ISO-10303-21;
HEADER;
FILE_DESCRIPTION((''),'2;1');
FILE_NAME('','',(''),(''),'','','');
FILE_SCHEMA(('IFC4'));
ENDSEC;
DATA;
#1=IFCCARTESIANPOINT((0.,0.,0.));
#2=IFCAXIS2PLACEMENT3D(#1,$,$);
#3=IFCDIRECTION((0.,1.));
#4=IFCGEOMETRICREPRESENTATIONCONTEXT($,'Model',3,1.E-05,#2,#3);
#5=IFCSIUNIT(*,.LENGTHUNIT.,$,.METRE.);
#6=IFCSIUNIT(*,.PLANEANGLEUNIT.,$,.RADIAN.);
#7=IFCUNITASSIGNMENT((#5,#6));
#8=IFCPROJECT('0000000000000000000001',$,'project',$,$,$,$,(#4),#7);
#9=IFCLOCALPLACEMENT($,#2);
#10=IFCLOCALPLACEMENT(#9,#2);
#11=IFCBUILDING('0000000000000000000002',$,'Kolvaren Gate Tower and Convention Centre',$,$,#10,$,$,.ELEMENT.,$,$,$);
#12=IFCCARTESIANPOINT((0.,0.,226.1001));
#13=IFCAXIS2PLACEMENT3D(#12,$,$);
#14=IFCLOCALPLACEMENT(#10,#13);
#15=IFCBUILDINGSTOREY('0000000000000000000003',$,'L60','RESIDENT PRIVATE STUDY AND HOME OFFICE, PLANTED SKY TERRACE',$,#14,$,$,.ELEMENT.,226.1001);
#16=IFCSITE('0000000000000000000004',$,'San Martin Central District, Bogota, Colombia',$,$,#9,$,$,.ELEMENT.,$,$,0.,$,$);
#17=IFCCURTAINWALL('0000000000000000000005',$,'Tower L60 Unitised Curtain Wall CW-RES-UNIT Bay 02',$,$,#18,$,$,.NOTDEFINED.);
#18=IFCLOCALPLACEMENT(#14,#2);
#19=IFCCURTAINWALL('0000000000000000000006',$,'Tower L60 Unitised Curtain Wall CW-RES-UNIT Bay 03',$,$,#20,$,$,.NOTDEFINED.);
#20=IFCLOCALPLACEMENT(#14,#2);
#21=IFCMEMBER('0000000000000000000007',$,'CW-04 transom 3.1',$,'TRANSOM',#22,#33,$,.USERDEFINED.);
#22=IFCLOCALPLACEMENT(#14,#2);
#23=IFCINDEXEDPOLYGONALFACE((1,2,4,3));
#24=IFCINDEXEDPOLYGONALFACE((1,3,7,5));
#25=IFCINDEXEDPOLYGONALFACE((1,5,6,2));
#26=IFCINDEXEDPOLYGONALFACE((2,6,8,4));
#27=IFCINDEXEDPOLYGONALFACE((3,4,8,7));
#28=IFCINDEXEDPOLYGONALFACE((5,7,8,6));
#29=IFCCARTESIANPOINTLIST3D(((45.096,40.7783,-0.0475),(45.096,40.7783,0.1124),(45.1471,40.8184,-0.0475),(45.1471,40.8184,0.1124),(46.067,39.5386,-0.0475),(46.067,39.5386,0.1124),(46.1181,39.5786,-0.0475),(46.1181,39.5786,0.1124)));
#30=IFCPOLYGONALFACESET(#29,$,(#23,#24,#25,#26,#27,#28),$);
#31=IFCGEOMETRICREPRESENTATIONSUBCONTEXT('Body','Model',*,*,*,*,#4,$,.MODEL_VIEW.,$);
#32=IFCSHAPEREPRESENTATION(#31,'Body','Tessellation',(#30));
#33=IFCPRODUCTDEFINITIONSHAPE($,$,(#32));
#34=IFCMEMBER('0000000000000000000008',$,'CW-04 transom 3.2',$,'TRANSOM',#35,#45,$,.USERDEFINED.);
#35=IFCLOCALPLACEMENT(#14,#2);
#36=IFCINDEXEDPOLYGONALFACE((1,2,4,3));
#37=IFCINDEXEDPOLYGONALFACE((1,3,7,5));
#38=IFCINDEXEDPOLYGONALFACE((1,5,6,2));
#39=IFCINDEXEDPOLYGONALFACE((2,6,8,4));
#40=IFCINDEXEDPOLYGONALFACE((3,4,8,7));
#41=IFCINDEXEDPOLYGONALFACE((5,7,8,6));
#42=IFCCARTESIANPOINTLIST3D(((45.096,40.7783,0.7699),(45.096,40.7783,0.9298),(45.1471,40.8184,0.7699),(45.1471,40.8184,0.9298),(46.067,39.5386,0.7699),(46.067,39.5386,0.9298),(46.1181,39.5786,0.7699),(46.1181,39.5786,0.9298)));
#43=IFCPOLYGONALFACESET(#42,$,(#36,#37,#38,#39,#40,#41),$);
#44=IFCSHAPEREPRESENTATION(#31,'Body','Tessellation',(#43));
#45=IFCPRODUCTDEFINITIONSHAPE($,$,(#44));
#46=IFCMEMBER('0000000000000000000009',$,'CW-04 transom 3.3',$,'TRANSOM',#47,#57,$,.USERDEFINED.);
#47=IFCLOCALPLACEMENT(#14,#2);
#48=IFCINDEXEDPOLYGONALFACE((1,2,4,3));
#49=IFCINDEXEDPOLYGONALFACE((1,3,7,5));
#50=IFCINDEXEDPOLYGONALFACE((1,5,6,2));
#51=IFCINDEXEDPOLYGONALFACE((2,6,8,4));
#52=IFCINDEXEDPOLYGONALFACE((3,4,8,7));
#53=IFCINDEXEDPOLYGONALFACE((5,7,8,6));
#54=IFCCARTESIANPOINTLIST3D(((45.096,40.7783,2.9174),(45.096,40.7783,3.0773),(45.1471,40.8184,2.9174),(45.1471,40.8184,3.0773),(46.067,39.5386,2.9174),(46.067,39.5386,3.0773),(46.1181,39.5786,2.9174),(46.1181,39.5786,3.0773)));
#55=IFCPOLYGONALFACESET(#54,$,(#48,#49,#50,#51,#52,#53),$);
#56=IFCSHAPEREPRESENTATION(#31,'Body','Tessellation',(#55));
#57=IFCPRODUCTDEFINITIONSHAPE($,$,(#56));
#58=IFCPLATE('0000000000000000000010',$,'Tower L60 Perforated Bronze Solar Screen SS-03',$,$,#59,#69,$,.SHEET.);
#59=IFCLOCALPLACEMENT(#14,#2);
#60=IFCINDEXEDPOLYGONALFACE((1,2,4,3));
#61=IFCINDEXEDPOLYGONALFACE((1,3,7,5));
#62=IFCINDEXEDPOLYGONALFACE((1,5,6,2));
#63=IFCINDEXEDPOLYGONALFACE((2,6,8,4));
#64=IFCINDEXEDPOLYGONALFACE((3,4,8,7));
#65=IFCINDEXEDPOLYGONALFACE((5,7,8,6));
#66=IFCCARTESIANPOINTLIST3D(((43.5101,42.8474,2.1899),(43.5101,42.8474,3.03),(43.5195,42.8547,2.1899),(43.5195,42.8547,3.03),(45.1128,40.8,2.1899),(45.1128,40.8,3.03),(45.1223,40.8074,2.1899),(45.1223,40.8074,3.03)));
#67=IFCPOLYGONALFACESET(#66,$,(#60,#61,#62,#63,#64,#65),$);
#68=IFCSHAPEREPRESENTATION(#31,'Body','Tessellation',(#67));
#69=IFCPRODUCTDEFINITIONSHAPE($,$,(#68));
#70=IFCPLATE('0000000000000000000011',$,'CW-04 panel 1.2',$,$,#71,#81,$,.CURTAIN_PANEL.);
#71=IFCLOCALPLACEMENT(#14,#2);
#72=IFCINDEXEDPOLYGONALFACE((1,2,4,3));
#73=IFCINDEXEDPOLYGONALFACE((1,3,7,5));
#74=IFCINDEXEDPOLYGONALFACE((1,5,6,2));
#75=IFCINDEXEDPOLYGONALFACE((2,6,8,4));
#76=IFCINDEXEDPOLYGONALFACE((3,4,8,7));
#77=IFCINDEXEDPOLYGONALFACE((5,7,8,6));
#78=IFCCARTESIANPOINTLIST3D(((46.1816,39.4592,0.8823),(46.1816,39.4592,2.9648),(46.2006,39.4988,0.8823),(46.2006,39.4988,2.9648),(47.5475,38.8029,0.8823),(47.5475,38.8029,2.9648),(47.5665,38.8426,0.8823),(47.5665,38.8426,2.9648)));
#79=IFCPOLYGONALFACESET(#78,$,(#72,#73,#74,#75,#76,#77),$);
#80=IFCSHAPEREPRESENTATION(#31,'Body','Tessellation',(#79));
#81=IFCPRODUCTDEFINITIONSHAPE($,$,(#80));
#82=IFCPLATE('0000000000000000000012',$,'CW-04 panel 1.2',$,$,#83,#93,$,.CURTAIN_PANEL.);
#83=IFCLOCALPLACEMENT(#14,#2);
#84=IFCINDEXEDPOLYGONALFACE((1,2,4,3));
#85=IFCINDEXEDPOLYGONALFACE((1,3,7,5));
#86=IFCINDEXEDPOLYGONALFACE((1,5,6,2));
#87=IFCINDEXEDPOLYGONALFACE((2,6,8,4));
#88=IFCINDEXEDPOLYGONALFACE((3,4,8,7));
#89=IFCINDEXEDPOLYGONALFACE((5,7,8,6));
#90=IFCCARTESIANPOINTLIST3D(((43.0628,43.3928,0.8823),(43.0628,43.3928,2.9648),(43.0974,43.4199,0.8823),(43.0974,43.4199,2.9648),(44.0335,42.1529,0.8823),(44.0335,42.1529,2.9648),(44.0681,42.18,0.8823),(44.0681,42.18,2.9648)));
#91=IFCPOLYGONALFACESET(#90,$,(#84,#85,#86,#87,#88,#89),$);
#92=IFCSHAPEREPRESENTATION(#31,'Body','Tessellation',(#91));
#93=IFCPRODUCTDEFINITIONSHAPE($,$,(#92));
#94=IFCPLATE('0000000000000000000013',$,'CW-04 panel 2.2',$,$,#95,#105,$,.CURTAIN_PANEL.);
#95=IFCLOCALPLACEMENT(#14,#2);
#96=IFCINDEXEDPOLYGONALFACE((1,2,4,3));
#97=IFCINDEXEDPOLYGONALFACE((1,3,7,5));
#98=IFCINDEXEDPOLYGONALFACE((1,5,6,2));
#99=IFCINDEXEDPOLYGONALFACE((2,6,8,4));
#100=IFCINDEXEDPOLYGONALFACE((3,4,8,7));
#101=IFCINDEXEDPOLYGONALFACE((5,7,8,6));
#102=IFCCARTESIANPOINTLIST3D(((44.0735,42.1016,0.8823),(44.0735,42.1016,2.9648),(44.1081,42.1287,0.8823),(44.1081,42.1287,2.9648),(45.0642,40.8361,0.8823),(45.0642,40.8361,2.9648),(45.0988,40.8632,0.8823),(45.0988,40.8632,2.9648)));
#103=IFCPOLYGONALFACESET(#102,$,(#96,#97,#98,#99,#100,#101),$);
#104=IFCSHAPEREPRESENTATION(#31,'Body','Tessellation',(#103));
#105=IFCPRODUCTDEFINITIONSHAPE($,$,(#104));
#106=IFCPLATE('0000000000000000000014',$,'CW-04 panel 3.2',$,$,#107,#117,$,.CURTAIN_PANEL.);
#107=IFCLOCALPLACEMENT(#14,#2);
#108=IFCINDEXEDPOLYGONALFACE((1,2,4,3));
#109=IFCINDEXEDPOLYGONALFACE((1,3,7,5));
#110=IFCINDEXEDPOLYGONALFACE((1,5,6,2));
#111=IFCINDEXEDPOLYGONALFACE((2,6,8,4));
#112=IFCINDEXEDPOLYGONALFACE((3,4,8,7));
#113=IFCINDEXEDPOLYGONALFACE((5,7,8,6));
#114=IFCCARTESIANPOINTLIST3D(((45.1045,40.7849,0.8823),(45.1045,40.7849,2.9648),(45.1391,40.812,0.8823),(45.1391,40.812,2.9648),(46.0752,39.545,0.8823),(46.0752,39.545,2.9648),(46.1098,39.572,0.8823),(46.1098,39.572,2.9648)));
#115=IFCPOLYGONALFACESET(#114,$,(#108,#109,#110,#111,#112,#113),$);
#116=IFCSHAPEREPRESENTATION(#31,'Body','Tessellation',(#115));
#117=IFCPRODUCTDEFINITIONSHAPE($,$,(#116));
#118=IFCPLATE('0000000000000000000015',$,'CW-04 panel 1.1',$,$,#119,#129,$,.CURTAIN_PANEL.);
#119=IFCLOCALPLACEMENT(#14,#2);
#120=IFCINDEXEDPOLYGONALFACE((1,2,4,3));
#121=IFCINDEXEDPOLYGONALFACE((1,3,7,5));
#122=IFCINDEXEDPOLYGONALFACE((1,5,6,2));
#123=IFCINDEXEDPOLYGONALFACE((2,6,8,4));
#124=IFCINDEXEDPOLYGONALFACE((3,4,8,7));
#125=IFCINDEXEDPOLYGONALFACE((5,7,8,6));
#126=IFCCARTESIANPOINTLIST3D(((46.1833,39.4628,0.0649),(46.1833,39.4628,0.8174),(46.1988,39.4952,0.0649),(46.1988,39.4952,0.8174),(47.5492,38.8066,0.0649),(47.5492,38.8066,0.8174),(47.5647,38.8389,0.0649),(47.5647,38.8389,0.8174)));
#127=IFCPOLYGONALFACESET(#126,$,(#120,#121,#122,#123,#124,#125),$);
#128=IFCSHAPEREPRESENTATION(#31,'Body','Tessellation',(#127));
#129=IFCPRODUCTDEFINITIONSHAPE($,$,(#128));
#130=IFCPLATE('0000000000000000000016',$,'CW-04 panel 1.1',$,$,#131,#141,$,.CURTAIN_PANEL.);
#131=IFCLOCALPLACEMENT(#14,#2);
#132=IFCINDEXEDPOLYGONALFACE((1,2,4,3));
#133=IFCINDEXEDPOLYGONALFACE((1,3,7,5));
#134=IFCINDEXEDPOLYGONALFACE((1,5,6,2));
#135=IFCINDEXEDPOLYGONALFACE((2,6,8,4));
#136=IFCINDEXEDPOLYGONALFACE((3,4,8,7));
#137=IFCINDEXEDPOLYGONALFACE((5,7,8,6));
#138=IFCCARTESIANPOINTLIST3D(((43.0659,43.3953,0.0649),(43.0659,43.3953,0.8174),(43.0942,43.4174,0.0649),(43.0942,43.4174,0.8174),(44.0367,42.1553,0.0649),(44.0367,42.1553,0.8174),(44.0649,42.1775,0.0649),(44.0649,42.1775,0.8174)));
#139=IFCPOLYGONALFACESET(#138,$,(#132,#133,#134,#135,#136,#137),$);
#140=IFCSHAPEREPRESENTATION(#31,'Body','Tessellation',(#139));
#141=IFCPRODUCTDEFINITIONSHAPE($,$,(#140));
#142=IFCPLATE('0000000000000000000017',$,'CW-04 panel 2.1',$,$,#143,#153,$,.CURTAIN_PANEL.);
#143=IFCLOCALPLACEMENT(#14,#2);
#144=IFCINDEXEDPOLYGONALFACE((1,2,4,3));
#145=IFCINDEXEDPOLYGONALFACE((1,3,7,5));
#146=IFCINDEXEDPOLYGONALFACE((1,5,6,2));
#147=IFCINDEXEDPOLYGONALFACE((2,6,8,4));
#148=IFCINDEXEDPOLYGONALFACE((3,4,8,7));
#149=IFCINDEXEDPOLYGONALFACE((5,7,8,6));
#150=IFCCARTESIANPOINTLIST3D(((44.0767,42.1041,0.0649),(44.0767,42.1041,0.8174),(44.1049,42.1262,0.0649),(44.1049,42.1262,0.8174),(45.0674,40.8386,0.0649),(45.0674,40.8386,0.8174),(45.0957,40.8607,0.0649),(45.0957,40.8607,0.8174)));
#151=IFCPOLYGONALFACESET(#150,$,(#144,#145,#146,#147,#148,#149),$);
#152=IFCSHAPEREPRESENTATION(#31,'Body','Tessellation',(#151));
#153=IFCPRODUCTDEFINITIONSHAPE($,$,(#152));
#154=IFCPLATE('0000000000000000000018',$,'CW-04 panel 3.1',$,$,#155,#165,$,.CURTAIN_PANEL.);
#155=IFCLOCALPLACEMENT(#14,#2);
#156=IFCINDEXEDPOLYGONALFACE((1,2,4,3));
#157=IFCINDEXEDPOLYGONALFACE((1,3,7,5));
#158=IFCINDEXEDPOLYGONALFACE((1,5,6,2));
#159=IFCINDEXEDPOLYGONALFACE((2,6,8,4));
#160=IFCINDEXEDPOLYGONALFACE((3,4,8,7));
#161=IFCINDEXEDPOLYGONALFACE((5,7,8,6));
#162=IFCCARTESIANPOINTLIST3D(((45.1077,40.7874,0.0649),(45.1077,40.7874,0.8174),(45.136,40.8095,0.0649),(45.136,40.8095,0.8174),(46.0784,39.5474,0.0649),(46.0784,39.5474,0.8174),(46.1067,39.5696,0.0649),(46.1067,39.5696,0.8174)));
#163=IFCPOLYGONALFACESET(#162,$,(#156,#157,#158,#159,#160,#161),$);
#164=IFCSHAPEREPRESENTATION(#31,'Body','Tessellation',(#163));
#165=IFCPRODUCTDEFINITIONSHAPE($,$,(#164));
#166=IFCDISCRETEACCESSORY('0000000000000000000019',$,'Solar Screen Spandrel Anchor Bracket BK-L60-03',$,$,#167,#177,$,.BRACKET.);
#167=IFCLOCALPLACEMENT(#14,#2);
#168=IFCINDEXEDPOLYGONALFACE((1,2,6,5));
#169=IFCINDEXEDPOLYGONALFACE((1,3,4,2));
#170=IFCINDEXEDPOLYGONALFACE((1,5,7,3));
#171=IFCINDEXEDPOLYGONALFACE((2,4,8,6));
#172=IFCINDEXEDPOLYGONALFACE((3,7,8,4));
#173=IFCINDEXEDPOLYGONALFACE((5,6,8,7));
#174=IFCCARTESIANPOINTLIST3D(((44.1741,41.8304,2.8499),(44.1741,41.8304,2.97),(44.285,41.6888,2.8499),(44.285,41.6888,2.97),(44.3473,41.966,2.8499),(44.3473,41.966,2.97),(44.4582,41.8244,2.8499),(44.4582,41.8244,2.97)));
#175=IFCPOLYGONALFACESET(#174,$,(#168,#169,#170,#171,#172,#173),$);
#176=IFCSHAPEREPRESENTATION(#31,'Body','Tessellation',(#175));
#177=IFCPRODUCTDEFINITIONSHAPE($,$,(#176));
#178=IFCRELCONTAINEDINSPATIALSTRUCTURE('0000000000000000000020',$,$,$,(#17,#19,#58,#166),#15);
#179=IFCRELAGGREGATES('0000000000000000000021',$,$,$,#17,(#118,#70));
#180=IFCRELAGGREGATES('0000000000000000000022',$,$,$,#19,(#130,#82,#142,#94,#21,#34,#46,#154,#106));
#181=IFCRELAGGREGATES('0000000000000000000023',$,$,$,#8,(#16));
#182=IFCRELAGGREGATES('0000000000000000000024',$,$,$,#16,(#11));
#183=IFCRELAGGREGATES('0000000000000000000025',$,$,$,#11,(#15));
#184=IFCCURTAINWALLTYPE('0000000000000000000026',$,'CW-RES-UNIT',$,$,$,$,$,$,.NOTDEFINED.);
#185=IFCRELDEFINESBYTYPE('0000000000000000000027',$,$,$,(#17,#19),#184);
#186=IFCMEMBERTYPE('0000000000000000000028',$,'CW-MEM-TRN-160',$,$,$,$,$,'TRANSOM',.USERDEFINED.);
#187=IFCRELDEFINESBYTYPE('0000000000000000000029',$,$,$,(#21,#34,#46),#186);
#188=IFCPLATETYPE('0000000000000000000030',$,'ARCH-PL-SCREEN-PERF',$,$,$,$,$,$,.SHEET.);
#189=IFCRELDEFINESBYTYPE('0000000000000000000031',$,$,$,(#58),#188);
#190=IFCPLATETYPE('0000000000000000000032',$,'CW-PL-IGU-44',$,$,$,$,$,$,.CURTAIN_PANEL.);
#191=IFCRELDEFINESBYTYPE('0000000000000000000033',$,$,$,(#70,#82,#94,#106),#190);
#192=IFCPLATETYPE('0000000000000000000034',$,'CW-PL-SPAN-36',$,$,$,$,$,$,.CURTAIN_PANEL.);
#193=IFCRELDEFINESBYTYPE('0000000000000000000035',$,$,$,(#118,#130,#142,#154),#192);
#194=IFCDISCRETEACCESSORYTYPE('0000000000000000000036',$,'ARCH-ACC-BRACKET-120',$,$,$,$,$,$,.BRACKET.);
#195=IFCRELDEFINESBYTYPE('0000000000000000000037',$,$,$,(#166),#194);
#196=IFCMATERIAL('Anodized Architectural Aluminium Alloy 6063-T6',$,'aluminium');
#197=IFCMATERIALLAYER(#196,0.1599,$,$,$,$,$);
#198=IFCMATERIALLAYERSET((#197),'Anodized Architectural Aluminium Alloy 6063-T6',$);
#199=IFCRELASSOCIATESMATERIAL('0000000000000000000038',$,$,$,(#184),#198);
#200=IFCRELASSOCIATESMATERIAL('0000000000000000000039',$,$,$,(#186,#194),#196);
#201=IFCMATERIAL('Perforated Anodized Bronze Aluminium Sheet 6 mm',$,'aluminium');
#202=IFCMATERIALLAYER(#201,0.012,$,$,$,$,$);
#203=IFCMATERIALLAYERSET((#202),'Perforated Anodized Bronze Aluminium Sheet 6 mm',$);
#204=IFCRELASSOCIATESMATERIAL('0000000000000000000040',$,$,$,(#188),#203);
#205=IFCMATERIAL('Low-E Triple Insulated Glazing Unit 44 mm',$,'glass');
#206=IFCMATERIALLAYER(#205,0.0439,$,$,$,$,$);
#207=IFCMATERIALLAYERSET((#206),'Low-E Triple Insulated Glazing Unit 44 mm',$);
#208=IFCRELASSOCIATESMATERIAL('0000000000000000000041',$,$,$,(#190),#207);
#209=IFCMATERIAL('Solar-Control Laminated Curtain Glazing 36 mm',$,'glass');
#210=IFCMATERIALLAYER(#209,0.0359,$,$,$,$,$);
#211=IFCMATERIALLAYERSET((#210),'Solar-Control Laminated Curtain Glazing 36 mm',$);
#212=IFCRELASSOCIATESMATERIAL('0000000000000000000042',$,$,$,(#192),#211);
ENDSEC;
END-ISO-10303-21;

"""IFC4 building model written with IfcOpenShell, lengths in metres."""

from ifc_helpers import new_model, si_unit, direction, frame, origin, origin_2d, place, context, subcontext, project, spatial, rectangle, extrude, material, layer, layer_set, material_profile, profile_set, type_object, element, aggregate, save


model = new_model("IFC4")

# Units and contexts
model_context = context("Model", 3, precision=1e-05, world=origin(), true_north=direction((0.0, 1.0)))
body_context = subcontext(model_context, "Body", "Model", "MODEL_VIEW")
ifc_project = project(units=[si_unit("LENGTHUNIT", "METRE"), si_unit("PLANEANGLEUNIT", "RADIAN")], contexts=[model_context])

# Site, building, storey
site_placement = place(None, origin())
site = spatial("IfcSite", under=ifc_project, at=site_placement, Name="San Martin Central District, Bogota, Colombia", CompositionType="ELEMENT", RefElevation=0.0)
building_placement = place(site_placement, origin())
building = spatial("IfcBuilding", under=site, at=building_placement, Name="Kolvaren Gate Tower and Convention Centre", CompositionType="ELEMENT")
storey_placement = place(building_placement, frame((0.0, 0.0, 226.1001)))
storey = spatial("IfcBuildingStorey", under=building, at=storey_placement, Name="L60", Description="RESIDENT PRIVATE STUDY AND HOME OFFICE, PLANTED SKY TERRACE", CompositionType="ELEMENT", Elevation=226.1001)

# Curtain walls
ifc_material_1 = material(Name="Anodized Architectural Aluminium Alloy 6063-T6", Category="aluminium")
ifc_layer_1 = layer(ifc_material_1, 0.1599)
ifc_layer_set_1 = layer_set([ifc_layer_1], Name="Anodized Architectural Aluminium Alloy 6063-T6")
curtain_wall_type = type_object("IfcCurtainWallType", Name="CW-RES-UNIT", PredefinedType="NOTDEFINED", material=ifc_layer_set_1)
curtain_wall_1_placement = place(storey_placement, origin())
curtain_wall_1 = element("IfcCurtainWall", 1, at=curtain_wall_1_placement, inside=storey, type_object=curtain_wall_type, Name="Tower L60 Unitised Curtain Wall CW-RES-UNIT Bay 02", PredefinedType="NOTDEFINED")
curtain_wall_2_placement = place(storey_placement, origin())
curtain_wall_2 = element("IfcCurtainWall", 2, at=curtain_wall_2_placement, inside=storey, type_object=curtain_wall_type, Name="Tower L60 Unitised Curtain Wall CW-RES-UNIT Bay 03", PredefinedType="NOTDEFINED")

# Members
ifc_material_profile_1 = material_profile(ifc_material_1, rectangle(XDim=0.0649, YDim=0.1599, at=origin_2d()), Name="CW-MEM-TRN-160")
ifc_profile_set_1 = profile_set([ifc_material_profile_1], Name="Anodized Architectural Aluminium Alloy 6063-T6")
member_type_1 = type_object("IfcMemberType", Name="CW-MEM-TRN-160", ElementType="TRANSOM", PredefinedType="USERDEFINED", material=ifc_profile_set_1)
member_1_placement = place(storey_placement, frame((45.1216, 40.7983, 0.0325), z_axis=(0.616588, -0.787286, 0.0), x_axis=(0.787286, 0.616588, 0.0)))
member_1 = element("IfcMember", 3, at=member_1_placement, type_object=member_type_1, Name="CW-04 transom 3.1", ObjectType="TRANSOM", PredefinedType="USERDEFINED", context=body_context, shape_type="SweptSolid", body=[
    extrude(rectangle(XDim=0.0649, YDim=0.1599, at=origin_2d()), origin(), (0.0, 0.0, 1.0), 1.5747),
])
member_2_placement = place(storey_placement, frame((45.1216, 40.7983, 0.8499), z_axis=(0.616588, -0.787286, 0.0), x_axis=(0.787286, 0.616588, 0.0)))
member_2 = element("IfcMember", 4, at=member_2_placement, type_object=member_type_1, Name="CW-04 transom 3.2", ObjectType="TRANSOM", PredefinedType="USERDEFINED", context=body_context, shape_type="SweptSolid", body=[
    extrude(rectangle(XDim=0.0649, YDim=0.1599, at=origin_2d()), origin(), (0.0, 0.0, 1.0), 1.5747),
])
member_3_placement = place(storey_placement, frame((45.1216, 40.7983, 2.9973), z_axis=(0.616588, -0.787286, 0.0), x_axis=(0.787286, 0.616588, 0.0)))
member_3 = element("IfcMember", 5, at=member_3_placement, type_object=member_type_1, Name="CW-04 transom 3.3", ObjectType="TRANSOM", PredefinedType="USERDEFINED", context=body_context, shape_type="SweptSolid", body=[
    extrude(rectangle(XDim=0.0649, YDim=0.1599, at=origin_2d()), origin(), (0.0, 0.0, 1.0), 1.5747),
])

# Plates
ifc_material_2 = material(Name="Perforated Anodized Bronze Aluminium Sheet 6 mm", Category="aluminium")
ifc_layer_2 = layer(ifc_material_2, 0.012)
ifc_layer_set_2 = layer_set([ifc_layer_2], Name="Perforated Anodized Bronze Aluminium Sheet 6 mm")
plate_type_1 = type_object("IfcPlateType", Name="ARCH-PL-SCREEN-PERF", PredefinedType="SHEET", material=ifc_layer_set_2)
plate_1_placement = place(storey_placement, frame((44.3162, 41.8274, 2.1899), z_axis=(0.0, 0.0, 1.0), x_axis=(0.616434, -0.787406, 0.0)))
element("IfcPlate", 6, at=plate_1_placement, inside=storey, type_object=plate_type_1, Name="Tower L60 Perforated Bronze Solar Screen SS-03", PredefinedType="SHEET", context=body_context, shape_type="SweptSolid", body=[
    extrude(rectangle(XDim=2.6001, YDim=0.012, at=origin_2d()), origin(), (0.0, 0.0, 1.0), 0.8401),
])
ifc_material_3 = material(Name="Low-E Triple Insulated Glazing Unit 44 mm", Category="glass")
ifc_layer_3 = layer(ifc_material_3, 0.0439)
ifc_layer_set_3 = layer_set([ifc_layer_3], Name="Low-E Triple Insulated Glazing Unit 44 mm")
plate_type_2 = type_object("IfcPlateType", Name="CW-PL-IGU-44", PredefinedType="CURTAIN_PANEL", material=ifc_layer_set_3)
plate_2_placement = place(storey_placement, frame((46.874, 39.1509, 0.8823), z_axis=(0.0, 0.0, 1.0), x_axis=(0.901363, -0.433064, 0.0)))
plate_2 = element("IfcPlate", 7, at=plate_2_placement, type_object=plate_type_2, Name="CW-04 panel 1.2", PredefinedType="CURTAIN_PANEL", context=body_context, shape_type="SweptSolid", body=[
    extrude(rectangle(XDim=1.5154, YDim=0.0439, at=origin_2d()), origin(), (0.0, 0.0, 1.0), 2.0825),
])
plate_3_placement = place(storey_placement, frame((43.5654, 42.7864, 0.8823), z_axis=(0.0, 0.0, 1.0), x_axis=(0.616437, -0.787404, 0.0)))
plate_3 = element("IfcPlate", 8, at=plate_3_placement, type_object=plate_type_2, Name="CW-04 panel 1.2", PredefinedType="CURTAIN_PANEL", context=body_context, shape_type="SweptSolid", body=[
    extrude(rectangle(XDim=1.5747, YDim=0.0439, at=origin_2d()), origin(), (0.0, 0.0, 1.0), 2.0825),
])
plate_4_placement = place(storey_placement, frame((44.5862, 41.4824, 0.8823), z_axis=(0.0, 0.0, 1.0), x_axis=(0.616437, -0.787404, 0.0)))
plate_4 = element("IfcPlate", 9, at=plate_4_placement, type_object=plate_type_2, Name="CW-04 panel 2.2", PredefinedType="CURTAIN_PANEL", context=body_context, shape_type="SweptSolid", body=[
    extrude(rectangle(XDim=1.6072, YDim=0.0439, at=origin_2d()), origin(), (0.0, 0.0, 1.0), 2.0825),
])
plate_5_placement = place(storey_placement, frame((45.6072, 40.1785, 0.8823), z_axis=(0.0, 0.0, 1.0), x_axis=(0.616437, -0.787404, 0.0)))
plate_5 = element("IfcPlate", 10, at=plate_5_placement, type_object=plate_type_2, Name="CW-04 panel 3.2", PredefinedType="CURTAIN_PANEL", context=body_context, shape_type="SweptSolid", body=[
    extrude(rectangle(XDim=1.5747, YDim=0.0439, at=origin_2d()), origin(), (0.0, 0.0, 1.0), 2.0825),
])
ifc_material_4 = material(Name="Solar-Control Laminated Curtain Glazing 36 mm", Category="glass")
ifc_layer_4 = layer(ifc_material_4, 0.0359)
ifc_layer_set_4 = layer_set([ifc_layer_4], Name="Solar-Control Laminated Curtain Glazing 36 mm")
plate_type_3 = type_object("IfcPlateType", Name="CW-PL-SPAN-36", PredefinedType="CURTAIN_PANEL", material=ifc_layer_set_4)
plate_6_placement = place(storey_placement, frame((46.874, 39.1509, 0.0649), z_axis=(0.0, 0.0, 1.0), x_axis=(0.901363, -0.433064, 0.0)))
plate_6 = element("IfcPlate", 11, at=plate_6_placement, type_object=plate_type_3, Name="CW-04 panel 1.1", PredefinedType="CURTAIN_PANEL", context=body_context, shape_type="SweptSolid", body=[
    extrude(rectangle(XDim=1.5154, YDim=0.0359, at=origin_2d()), origin(), (0.0, 0.0, 1.0), 0.7524),
])
aggregate(curtain_wall_1, [plate_6, plate_2])
plate_7_placement = place(storey_placement, frame((43.5654, 42.7864, 0.0649), z_axis=(0.0, 0.0, 1.0), x_axis=(0.616437, -0.787404, 0.0)))
plate_7 = element("IfcPlate", 12, at=plate_7_placement, type_object=plate_type_3, Name="CW-04 panel 1.1", PredefinedType="CURTAIN_PANEL", context=body_context, shape_type="SweptSolid", body=[
    extrude(rectangle(XDim=1.5747, YDim=0.0359, at=origin_2d()), origin(), (0.0, 0.0, 1.0), 0.7524),
])
plate_8_placement = place(storey_placement, frame((44.5862, 41.4824, 0.0649), z_axis=(0.0, 0.0, 1.0), x_axis=(0.616437, -0.787404, 0.0)))
plate_8 = element("IfcPlate", 13, at=plate_8_placement, type_object=plate_type_3, Name="CW-04 panel 2.1", PredefinedType="CURTAIN_PANEL", context=body_context, shape_type="SweptSolid", body=[
    extrude(rectangle(XDim=1.6072, YDim=0.0359, at=origin_2d()), origin(), (0.0, 0.0, 1.0), 0.7524),
])
plate_9_placement = place(storey_placement, frame((45.6072, 40.1785, 0.0649), z_axis=(0.0, 0.0, 1.0), x_axis=(0.616437, -0.787404, 0.0)))
plate_9 = element("IfcPlate", 14, at=plate_9_placement, type_object=plate_type_3, Name="CW-04 panel 3.1", PredefinedType="CURTAIN_PANEL", context=body_context, shape_type="SweptSolid", body=[
    extrude(rectangle(XDim=1.5747, YDim=0.0359, at=origin_2d()), origin(), (0.0, 0.0, 1.0), 0.7524),
])
aggregate(curtain_wall_2, [plate_7, plate_3, plate_8, plate_4, member_1, member_2, member_3, plate_9, plate_5])

# Discrete accessory
discrete_accessory_type = type_object("IfcDiscreteAccessoryType", Name="ARCH-ACC-BRACKET-120", PredefinedType="BRACKET", material=ifc_material_1)
discrete_accessory_placement = place(storey_placement, frame((44.3162, 41.8274, 2.8499), z_axis=(0.0, 0.0, 1.0), x_axis=(0.616434, -0.787406, 0.0)))
element("IfcDiscreteAccessory", 15, at=discrete_accessory_placement, inside=storey, type_object=discrete_accessory_type, Name="Solar Screen Spandrel Anchor Bracket BK-L60-03", PredefinedType="BRACKET", context=body_context, shape_type="SweptSolid", body=[
    extrude(rectangle(XDim=0.1799, YDim=0.22, at=origin_2d()), origin(), (0.0, 0.0, 1.0), 0.1201),
])

save(model, "model.ifc")
